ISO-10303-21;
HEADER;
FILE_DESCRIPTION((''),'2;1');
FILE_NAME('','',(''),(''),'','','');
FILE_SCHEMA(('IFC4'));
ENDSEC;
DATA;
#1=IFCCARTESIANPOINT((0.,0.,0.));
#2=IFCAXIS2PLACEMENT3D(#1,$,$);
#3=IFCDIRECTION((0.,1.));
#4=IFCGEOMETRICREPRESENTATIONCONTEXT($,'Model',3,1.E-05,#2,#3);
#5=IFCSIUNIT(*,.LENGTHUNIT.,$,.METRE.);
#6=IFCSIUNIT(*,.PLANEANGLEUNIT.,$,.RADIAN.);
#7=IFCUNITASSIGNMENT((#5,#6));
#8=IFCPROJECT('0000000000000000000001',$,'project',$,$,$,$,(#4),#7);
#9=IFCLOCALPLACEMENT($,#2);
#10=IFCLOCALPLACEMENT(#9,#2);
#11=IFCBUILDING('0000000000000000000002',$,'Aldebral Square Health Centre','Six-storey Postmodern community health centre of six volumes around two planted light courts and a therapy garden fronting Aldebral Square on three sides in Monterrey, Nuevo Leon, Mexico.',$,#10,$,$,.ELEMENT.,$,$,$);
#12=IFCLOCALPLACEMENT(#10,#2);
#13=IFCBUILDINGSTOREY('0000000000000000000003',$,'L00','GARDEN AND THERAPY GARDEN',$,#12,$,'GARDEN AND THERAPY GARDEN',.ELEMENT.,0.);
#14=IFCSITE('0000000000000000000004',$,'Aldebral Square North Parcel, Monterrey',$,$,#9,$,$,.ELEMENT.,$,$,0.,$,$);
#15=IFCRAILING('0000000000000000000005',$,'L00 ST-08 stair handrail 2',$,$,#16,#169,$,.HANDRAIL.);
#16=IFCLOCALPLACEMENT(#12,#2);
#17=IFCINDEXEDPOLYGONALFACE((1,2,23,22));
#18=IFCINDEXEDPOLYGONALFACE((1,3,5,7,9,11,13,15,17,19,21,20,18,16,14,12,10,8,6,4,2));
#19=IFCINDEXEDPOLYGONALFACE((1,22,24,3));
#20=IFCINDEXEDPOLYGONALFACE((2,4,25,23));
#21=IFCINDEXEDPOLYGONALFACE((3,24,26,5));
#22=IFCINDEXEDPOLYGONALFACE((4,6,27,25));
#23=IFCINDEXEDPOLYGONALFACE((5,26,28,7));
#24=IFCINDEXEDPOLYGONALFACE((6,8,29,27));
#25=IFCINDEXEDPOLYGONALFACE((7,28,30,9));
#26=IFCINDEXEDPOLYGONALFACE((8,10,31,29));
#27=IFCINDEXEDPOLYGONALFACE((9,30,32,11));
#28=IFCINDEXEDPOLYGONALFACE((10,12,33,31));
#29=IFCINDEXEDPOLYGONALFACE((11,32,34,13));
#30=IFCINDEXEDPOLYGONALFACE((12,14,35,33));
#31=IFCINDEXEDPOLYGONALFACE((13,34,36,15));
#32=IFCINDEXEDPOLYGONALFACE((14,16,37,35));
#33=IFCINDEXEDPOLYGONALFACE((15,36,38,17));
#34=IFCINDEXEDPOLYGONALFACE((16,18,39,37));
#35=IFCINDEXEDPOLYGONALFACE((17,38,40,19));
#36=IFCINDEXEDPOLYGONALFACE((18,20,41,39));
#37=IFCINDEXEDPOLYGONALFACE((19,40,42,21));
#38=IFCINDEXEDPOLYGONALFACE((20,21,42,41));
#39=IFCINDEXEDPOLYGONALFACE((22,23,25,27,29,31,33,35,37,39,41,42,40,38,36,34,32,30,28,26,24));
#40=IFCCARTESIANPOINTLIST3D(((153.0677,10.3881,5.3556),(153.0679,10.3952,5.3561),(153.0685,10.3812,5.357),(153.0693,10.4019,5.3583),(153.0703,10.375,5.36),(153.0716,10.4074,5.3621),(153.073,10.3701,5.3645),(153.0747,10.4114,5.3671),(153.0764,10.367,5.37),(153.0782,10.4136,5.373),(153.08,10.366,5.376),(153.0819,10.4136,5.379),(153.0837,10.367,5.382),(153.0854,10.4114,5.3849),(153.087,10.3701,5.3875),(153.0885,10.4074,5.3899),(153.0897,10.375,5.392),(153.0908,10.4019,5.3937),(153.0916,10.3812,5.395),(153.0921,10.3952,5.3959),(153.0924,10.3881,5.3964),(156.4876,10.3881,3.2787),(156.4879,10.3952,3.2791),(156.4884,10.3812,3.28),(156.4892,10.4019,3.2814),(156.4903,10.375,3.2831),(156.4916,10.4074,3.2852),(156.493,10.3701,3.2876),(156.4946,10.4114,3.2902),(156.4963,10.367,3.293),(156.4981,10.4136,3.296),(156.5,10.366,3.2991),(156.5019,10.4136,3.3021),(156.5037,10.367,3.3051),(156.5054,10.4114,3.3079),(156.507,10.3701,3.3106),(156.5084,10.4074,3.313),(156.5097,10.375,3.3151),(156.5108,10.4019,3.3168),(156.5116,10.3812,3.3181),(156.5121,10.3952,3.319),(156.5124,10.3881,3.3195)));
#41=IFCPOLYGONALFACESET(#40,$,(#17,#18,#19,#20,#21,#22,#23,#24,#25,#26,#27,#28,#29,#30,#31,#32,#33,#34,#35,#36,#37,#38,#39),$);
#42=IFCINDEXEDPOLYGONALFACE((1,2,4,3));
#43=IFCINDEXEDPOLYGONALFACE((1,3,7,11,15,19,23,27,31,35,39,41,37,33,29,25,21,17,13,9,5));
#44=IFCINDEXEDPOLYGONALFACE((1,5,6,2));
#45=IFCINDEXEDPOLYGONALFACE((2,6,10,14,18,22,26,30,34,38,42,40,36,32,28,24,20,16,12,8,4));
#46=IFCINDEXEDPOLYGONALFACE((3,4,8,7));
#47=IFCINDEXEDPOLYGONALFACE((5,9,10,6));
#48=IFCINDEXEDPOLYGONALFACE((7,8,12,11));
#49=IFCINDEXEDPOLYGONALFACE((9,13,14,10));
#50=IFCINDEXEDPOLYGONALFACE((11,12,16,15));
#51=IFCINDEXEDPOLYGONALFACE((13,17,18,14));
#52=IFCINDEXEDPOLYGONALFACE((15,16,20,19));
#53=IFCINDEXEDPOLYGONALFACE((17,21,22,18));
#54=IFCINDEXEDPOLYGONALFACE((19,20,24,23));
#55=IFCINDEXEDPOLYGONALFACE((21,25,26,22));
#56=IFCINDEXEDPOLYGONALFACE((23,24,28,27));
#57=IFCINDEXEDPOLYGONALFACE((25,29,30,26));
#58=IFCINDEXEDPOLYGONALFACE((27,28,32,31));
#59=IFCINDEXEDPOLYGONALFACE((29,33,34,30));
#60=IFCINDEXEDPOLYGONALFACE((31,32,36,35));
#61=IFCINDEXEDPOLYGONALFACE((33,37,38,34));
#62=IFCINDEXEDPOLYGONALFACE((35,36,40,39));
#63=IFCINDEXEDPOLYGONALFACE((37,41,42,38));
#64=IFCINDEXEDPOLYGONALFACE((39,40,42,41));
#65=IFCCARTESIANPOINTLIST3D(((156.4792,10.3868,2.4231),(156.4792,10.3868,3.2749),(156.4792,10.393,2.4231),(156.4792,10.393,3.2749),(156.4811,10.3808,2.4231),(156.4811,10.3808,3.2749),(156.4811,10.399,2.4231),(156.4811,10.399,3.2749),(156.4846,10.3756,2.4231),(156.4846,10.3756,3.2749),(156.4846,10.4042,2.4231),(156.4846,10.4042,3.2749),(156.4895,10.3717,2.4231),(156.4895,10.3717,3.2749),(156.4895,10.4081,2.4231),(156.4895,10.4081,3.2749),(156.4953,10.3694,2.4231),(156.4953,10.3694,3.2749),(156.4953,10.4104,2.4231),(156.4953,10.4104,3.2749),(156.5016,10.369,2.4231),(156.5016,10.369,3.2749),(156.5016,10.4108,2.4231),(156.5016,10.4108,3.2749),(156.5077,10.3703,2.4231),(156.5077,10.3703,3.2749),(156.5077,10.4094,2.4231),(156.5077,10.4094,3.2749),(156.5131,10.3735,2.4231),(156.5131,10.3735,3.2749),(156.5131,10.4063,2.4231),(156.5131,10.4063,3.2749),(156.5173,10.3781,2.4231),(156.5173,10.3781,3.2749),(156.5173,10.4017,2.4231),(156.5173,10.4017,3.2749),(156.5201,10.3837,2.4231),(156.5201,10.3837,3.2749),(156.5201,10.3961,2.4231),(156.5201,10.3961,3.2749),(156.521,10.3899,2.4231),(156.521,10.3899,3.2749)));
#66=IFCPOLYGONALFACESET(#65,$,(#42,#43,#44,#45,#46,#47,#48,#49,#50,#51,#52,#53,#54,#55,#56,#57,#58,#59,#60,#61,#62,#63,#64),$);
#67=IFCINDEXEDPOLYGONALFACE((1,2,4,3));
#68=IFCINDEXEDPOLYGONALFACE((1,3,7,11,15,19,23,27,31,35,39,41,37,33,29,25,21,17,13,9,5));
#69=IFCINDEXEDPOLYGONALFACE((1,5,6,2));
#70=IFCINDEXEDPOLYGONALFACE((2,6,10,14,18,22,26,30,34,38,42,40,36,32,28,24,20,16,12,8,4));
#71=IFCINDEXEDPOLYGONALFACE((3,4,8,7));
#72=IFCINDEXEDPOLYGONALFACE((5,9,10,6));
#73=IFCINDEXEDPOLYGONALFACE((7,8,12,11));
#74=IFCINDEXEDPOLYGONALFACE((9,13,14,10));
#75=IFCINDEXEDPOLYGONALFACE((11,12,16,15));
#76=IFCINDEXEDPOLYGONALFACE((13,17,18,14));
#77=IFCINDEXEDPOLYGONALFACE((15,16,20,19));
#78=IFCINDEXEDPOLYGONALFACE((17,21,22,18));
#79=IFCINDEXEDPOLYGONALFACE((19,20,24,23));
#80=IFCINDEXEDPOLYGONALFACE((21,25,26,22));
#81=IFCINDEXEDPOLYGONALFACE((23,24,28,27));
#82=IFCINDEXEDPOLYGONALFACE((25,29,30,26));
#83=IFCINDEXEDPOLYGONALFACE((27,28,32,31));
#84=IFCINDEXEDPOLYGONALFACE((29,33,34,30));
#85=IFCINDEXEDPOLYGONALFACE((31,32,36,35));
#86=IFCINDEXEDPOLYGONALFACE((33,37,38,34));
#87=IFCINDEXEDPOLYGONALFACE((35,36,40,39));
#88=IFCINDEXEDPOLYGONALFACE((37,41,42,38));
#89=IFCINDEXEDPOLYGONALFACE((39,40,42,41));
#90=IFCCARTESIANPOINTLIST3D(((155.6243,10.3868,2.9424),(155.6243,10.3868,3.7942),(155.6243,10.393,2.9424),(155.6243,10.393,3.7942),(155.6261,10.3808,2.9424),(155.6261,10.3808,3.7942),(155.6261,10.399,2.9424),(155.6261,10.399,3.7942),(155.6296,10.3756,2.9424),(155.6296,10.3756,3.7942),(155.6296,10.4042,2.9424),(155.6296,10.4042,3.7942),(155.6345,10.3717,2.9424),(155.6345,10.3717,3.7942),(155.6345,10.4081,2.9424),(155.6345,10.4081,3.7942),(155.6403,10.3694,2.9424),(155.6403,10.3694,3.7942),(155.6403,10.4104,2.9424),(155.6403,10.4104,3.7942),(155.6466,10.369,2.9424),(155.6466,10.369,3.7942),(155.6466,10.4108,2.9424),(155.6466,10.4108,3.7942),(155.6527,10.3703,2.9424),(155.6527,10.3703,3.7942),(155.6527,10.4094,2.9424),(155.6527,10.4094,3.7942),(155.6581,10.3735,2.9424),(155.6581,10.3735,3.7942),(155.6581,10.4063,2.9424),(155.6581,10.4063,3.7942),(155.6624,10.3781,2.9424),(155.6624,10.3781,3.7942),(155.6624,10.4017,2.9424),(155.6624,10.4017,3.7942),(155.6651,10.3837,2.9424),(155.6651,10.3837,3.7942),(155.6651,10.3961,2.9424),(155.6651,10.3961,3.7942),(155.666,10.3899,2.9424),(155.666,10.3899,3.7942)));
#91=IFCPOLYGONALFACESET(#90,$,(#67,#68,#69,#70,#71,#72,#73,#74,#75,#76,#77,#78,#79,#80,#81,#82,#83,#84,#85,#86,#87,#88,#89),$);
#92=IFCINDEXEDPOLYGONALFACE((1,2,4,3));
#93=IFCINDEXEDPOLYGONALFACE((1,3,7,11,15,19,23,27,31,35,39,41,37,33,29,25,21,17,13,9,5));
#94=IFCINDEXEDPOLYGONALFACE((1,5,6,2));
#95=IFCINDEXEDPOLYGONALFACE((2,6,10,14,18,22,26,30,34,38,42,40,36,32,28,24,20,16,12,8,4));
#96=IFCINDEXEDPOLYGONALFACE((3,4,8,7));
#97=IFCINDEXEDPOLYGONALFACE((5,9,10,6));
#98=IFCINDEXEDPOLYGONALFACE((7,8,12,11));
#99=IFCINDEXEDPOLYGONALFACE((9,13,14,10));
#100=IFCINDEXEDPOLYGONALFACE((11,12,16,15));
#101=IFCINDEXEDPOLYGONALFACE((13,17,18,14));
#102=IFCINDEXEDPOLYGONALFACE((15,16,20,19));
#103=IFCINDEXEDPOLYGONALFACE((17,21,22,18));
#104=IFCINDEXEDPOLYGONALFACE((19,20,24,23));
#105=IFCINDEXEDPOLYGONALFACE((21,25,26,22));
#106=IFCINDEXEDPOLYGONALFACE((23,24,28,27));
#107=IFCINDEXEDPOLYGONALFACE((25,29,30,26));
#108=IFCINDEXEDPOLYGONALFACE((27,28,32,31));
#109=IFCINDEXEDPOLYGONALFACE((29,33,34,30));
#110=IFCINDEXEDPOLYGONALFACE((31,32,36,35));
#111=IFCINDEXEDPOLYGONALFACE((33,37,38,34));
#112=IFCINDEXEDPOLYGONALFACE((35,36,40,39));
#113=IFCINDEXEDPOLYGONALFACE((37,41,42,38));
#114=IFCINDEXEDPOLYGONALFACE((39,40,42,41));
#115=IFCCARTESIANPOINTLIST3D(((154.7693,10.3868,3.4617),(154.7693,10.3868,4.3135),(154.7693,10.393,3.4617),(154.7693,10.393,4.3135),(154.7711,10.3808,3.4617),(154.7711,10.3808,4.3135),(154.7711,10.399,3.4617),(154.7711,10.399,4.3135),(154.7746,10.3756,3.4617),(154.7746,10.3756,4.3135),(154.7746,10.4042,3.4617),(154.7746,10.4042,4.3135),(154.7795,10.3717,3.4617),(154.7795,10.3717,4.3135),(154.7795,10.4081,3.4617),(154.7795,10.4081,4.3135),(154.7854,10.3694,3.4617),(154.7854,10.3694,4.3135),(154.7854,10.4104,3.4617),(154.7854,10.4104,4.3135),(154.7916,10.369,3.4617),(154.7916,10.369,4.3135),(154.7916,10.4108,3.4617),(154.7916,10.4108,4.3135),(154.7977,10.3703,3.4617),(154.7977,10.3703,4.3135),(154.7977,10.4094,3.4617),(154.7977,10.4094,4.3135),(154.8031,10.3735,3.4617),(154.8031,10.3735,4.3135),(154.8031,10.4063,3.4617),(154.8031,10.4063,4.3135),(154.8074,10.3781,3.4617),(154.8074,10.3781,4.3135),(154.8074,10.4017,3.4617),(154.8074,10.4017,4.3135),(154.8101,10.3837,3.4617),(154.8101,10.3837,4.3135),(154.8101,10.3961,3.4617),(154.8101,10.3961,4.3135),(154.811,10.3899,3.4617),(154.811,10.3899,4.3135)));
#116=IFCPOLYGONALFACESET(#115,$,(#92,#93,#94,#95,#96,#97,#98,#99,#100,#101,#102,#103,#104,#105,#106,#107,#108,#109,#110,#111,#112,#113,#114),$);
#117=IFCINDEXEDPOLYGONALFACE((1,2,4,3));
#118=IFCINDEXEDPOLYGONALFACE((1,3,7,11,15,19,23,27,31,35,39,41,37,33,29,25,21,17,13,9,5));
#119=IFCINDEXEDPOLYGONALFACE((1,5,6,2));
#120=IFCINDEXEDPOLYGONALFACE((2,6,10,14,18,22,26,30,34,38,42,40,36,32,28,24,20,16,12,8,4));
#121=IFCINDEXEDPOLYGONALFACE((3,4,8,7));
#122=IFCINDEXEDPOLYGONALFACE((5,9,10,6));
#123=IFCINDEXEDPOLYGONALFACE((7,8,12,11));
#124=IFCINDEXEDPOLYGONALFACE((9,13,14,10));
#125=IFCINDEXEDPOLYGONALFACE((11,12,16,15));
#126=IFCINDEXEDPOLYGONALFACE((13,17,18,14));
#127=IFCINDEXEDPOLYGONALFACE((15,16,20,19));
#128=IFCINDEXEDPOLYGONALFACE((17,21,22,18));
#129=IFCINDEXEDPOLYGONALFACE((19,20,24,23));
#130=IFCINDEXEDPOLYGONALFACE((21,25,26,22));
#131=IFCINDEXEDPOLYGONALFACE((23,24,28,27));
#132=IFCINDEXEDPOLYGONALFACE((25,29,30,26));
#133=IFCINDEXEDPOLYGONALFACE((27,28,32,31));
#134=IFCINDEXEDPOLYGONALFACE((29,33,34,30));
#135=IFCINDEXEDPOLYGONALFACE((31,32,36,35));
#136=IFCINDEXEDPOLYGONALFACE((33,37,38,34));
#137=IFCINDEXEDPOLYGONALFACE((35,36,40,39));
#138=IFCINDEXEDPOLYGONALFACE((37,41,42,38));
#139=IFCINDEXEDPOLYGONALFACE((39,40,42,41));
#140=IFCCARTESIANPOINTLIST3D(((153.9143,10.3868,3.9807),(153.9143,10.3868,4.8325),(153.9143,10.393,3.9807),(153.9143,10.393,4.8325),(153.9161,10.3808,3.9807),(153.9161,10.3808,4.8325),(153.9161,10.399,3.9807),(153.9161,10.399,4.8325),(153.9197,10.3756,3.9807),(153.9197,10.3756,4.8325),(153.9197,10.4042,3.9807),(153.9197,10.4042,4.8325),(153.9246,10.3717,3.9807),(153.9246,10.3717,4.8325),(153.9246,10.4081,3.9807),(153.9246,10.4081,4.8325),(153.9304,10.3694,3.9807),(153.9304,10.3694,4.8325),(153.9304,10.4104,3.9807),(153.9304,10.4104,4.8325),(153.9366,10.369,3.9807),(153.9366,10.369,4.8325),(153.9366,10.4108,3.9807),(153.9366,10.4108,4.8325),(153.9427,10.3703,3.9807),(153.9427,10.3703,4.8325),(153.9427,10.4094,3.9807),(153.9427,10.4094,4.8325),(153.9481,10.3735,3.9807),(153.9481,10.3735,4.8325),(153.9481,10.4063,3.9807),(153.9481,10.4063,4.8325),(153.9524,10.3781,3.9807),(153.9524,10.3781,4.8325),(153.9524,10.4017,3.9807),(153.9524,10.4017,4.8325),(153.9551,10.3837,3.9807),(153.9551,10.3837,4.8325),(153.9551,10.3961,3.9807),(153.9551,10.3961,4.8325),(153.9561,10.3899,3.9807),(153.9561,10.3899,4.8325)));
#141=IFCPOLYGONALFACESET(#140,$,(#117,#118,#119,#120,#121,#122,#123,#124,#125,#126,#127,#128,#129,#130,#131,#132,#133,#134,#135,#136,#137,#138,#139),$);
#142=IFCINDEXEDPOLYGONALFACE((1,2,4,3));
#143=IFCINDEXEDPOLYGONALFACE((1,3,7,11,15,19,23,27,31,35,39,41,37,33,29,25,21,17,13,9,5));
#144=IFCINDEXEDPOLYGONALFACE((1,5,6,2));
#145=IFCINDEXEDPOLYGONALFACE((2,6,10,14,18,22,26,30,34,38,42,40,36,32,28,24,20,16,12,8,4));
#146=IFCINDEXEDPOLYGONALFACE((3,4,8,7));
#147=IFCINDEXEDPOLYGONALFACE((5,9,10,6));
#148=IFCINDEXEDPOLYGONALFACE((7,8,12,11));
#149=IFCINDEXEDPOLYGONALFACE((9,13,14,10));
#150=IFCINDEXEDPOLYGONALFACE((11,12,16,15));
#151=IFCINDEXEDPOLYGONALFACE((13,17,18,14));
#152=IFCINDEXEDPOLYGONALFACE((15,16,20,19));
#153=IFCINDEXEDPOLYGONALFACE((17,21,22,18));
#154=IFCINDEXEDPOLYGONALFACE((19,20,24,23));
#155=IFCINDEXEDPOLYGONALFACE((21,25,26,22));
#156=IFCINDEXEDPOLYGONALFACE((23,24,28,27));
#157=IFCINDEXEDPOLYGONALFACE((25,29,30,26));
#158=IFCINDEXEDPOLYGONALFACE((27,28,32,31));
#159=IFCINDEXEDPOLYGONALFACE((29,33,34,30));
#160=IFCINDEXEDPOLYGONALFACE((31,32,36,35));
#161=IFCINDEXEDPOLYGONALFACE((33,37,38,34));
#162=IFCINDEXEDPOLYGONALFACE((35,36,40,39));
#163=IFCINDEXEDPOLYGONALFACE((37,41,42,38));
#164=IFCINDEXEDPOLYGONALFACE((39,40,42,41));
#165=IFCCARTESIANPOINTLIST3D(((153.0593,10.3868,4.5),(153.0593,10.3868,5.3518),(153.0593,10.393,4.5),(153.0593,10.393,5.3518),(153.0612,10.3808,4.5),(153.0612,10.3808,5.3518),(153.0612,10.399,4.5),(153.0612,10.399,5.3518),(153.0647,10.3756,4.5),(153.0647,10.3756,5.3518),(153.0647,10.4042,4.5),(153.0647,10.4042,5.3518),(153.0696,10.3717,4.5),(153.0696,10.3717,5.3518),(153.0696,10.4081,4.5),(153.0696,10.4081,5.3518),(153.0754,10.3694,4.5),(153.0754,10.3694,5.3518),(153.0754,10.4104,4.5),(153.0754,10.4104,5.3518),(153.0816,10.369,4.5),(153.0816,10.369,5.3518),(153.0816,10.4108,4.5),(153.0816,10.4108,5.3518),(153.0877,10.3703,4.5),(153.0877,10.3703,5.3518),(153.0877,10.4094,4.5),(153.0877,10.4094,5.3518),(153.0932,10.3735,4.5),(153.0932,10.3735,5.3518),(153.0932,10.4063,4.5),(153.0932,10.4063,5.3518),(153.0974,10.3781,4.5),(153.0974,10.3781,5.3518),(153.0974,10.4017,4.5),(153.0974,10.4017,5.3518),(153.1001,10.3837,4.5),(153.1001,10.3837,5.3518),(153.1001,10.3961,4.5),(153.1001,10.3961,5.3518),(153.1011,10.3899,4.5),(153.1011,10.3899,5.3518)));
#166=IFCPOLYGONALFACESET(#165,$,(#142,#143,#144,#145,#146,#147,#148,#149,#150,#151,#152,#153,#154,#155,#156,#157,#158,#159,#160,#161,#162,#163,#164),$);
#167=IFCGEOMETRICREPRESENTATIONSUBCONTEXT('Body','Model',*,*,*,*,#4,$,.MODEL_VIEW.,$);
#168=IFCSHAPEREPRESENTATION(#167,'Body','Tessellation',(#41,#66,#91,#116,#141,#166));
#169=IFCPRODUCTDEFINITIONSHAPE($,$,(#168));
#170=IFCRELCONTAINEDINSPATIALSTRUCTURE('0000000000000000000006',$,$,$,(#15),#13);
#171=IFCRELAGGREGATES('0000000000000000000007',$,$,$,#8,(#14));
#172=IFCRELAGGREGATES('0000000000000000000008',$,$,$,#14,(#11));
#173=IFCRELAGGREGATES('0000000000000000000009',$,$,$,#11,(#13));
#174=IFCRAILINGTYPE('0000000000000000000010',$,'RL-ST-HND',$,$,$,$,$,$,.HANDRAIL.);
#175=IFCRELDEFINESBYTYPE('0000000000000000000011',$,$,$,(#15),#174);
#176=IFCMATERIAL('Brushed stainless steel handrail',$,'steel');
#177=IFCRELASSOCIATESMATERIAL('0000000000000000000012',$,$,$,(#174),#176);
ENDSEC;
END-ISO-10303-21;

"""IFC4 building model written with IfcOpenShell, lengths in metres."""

from ifc_helpers import new_model, si_unit, direction, frame, origin, origin_2d, place, context, subcontext, project, spatial, circle, extrude, material, type_object, element, save


model = new_model("IFC4")

# Units and contexts
model_context = context("Model", 3, precision=1e-05, world=origin(), true_north=direction((0.0, 1.0)))
body_context = subcontext(model_context, "Body", "Model", "MODEL_VIEW")
ifc_project = project(units=[si_unit("LENGTHUNIT", "METRE"), si_unit("PLANEANGLEUNIT", "RADIAN")], contexts=[model_context])

# Site, building, storey
site_placement = place(None, origin())
site = spatial("IfcSite", under=ifc_project, at=site_placement, Name="Aldebral Square North Parcel, Monterrey", CompositionType="ELEMENT", RefElevation=0.0)
building_placement = place(site_placement, origin())
building = spatial("IfcBuilding", under=site, at=building_placement, Name="Aldebral Square Health Centre", Description="Six-storey Postmodern community health centre of six volumes around two planted light courts and a therapy garden fronting Aldebral Square on three sides in Monterrey, Nuevo Leon, Mexico.", CompositionType="ELEMENT")
storey_placement = place(building_placement, origin())
storey = spatial("IfcBuildingStorey", under=building, at=storey_placement, Name="L00", Description="GARDEN AND THERAPY GARDEN", LongName="GARDEN AND THERAPY GARDEN", CompositionType="ELEMENT", Elevation=0.0)

# Railing
ifc_material_1 = material(Name="Brushed stainless steel handrail", Category="steel")
railing_type_1 = type_object("IfcRailingType", Name="RL-ST-HND", PredefinedType="HANDRAIL", material=ifc_material_1)
railing_1_placement = place(storey_placement, frame((156.5, 10.3899, 2.4231)))
element("IfcRailing", 1, at=railing_1_placement, inside=storey, type_object=railing_type_1, Name="L00 ST-08 stair handrail 2", PredefinedType="HANDRAIL", context=body_context, shape_type="SweptSolid", body=[
    extrude(circle(Radius=0.0239, at=origin_2d()), frame((0.0, 0.0, 0.876), z_axis=(-0.85473, 0.0, 0.519074), x_axis=(0.0, -1.0, 0.0)), (0.0, 0.0, 1.0), 4.0012),
    extrude(circle(Radius=0.021, at=origin_2d()), origin(), (0.0, 0.0, 1.0), 0.8518),
    extrude(circle(Radius=0.021, at=origin_2d()), frame((-0.855, 0.0, 0.5193)), (0.0, 0.0, 1.0), 0.8518),
    extrude(circle(Radius=0.021, at=origin_2d()), frame((-1.71, 0.0, 1.0386)), (0.0, 0.0, 1.0), 0.8518),
    extrude(circle(Radius=0.021, at=origin_2d()), frame((-2.5649, 0.0, 1.5576)), (0.0, 0.0, 1.0), 0.8518),
    extrude(circle(Radius=0.021, at=origin_2d()), frame((-3.4199, 0.0, 2.0769)), (0.0, 0.0, 1.0), 0.8518),
])

save(model, "model.ifc")
